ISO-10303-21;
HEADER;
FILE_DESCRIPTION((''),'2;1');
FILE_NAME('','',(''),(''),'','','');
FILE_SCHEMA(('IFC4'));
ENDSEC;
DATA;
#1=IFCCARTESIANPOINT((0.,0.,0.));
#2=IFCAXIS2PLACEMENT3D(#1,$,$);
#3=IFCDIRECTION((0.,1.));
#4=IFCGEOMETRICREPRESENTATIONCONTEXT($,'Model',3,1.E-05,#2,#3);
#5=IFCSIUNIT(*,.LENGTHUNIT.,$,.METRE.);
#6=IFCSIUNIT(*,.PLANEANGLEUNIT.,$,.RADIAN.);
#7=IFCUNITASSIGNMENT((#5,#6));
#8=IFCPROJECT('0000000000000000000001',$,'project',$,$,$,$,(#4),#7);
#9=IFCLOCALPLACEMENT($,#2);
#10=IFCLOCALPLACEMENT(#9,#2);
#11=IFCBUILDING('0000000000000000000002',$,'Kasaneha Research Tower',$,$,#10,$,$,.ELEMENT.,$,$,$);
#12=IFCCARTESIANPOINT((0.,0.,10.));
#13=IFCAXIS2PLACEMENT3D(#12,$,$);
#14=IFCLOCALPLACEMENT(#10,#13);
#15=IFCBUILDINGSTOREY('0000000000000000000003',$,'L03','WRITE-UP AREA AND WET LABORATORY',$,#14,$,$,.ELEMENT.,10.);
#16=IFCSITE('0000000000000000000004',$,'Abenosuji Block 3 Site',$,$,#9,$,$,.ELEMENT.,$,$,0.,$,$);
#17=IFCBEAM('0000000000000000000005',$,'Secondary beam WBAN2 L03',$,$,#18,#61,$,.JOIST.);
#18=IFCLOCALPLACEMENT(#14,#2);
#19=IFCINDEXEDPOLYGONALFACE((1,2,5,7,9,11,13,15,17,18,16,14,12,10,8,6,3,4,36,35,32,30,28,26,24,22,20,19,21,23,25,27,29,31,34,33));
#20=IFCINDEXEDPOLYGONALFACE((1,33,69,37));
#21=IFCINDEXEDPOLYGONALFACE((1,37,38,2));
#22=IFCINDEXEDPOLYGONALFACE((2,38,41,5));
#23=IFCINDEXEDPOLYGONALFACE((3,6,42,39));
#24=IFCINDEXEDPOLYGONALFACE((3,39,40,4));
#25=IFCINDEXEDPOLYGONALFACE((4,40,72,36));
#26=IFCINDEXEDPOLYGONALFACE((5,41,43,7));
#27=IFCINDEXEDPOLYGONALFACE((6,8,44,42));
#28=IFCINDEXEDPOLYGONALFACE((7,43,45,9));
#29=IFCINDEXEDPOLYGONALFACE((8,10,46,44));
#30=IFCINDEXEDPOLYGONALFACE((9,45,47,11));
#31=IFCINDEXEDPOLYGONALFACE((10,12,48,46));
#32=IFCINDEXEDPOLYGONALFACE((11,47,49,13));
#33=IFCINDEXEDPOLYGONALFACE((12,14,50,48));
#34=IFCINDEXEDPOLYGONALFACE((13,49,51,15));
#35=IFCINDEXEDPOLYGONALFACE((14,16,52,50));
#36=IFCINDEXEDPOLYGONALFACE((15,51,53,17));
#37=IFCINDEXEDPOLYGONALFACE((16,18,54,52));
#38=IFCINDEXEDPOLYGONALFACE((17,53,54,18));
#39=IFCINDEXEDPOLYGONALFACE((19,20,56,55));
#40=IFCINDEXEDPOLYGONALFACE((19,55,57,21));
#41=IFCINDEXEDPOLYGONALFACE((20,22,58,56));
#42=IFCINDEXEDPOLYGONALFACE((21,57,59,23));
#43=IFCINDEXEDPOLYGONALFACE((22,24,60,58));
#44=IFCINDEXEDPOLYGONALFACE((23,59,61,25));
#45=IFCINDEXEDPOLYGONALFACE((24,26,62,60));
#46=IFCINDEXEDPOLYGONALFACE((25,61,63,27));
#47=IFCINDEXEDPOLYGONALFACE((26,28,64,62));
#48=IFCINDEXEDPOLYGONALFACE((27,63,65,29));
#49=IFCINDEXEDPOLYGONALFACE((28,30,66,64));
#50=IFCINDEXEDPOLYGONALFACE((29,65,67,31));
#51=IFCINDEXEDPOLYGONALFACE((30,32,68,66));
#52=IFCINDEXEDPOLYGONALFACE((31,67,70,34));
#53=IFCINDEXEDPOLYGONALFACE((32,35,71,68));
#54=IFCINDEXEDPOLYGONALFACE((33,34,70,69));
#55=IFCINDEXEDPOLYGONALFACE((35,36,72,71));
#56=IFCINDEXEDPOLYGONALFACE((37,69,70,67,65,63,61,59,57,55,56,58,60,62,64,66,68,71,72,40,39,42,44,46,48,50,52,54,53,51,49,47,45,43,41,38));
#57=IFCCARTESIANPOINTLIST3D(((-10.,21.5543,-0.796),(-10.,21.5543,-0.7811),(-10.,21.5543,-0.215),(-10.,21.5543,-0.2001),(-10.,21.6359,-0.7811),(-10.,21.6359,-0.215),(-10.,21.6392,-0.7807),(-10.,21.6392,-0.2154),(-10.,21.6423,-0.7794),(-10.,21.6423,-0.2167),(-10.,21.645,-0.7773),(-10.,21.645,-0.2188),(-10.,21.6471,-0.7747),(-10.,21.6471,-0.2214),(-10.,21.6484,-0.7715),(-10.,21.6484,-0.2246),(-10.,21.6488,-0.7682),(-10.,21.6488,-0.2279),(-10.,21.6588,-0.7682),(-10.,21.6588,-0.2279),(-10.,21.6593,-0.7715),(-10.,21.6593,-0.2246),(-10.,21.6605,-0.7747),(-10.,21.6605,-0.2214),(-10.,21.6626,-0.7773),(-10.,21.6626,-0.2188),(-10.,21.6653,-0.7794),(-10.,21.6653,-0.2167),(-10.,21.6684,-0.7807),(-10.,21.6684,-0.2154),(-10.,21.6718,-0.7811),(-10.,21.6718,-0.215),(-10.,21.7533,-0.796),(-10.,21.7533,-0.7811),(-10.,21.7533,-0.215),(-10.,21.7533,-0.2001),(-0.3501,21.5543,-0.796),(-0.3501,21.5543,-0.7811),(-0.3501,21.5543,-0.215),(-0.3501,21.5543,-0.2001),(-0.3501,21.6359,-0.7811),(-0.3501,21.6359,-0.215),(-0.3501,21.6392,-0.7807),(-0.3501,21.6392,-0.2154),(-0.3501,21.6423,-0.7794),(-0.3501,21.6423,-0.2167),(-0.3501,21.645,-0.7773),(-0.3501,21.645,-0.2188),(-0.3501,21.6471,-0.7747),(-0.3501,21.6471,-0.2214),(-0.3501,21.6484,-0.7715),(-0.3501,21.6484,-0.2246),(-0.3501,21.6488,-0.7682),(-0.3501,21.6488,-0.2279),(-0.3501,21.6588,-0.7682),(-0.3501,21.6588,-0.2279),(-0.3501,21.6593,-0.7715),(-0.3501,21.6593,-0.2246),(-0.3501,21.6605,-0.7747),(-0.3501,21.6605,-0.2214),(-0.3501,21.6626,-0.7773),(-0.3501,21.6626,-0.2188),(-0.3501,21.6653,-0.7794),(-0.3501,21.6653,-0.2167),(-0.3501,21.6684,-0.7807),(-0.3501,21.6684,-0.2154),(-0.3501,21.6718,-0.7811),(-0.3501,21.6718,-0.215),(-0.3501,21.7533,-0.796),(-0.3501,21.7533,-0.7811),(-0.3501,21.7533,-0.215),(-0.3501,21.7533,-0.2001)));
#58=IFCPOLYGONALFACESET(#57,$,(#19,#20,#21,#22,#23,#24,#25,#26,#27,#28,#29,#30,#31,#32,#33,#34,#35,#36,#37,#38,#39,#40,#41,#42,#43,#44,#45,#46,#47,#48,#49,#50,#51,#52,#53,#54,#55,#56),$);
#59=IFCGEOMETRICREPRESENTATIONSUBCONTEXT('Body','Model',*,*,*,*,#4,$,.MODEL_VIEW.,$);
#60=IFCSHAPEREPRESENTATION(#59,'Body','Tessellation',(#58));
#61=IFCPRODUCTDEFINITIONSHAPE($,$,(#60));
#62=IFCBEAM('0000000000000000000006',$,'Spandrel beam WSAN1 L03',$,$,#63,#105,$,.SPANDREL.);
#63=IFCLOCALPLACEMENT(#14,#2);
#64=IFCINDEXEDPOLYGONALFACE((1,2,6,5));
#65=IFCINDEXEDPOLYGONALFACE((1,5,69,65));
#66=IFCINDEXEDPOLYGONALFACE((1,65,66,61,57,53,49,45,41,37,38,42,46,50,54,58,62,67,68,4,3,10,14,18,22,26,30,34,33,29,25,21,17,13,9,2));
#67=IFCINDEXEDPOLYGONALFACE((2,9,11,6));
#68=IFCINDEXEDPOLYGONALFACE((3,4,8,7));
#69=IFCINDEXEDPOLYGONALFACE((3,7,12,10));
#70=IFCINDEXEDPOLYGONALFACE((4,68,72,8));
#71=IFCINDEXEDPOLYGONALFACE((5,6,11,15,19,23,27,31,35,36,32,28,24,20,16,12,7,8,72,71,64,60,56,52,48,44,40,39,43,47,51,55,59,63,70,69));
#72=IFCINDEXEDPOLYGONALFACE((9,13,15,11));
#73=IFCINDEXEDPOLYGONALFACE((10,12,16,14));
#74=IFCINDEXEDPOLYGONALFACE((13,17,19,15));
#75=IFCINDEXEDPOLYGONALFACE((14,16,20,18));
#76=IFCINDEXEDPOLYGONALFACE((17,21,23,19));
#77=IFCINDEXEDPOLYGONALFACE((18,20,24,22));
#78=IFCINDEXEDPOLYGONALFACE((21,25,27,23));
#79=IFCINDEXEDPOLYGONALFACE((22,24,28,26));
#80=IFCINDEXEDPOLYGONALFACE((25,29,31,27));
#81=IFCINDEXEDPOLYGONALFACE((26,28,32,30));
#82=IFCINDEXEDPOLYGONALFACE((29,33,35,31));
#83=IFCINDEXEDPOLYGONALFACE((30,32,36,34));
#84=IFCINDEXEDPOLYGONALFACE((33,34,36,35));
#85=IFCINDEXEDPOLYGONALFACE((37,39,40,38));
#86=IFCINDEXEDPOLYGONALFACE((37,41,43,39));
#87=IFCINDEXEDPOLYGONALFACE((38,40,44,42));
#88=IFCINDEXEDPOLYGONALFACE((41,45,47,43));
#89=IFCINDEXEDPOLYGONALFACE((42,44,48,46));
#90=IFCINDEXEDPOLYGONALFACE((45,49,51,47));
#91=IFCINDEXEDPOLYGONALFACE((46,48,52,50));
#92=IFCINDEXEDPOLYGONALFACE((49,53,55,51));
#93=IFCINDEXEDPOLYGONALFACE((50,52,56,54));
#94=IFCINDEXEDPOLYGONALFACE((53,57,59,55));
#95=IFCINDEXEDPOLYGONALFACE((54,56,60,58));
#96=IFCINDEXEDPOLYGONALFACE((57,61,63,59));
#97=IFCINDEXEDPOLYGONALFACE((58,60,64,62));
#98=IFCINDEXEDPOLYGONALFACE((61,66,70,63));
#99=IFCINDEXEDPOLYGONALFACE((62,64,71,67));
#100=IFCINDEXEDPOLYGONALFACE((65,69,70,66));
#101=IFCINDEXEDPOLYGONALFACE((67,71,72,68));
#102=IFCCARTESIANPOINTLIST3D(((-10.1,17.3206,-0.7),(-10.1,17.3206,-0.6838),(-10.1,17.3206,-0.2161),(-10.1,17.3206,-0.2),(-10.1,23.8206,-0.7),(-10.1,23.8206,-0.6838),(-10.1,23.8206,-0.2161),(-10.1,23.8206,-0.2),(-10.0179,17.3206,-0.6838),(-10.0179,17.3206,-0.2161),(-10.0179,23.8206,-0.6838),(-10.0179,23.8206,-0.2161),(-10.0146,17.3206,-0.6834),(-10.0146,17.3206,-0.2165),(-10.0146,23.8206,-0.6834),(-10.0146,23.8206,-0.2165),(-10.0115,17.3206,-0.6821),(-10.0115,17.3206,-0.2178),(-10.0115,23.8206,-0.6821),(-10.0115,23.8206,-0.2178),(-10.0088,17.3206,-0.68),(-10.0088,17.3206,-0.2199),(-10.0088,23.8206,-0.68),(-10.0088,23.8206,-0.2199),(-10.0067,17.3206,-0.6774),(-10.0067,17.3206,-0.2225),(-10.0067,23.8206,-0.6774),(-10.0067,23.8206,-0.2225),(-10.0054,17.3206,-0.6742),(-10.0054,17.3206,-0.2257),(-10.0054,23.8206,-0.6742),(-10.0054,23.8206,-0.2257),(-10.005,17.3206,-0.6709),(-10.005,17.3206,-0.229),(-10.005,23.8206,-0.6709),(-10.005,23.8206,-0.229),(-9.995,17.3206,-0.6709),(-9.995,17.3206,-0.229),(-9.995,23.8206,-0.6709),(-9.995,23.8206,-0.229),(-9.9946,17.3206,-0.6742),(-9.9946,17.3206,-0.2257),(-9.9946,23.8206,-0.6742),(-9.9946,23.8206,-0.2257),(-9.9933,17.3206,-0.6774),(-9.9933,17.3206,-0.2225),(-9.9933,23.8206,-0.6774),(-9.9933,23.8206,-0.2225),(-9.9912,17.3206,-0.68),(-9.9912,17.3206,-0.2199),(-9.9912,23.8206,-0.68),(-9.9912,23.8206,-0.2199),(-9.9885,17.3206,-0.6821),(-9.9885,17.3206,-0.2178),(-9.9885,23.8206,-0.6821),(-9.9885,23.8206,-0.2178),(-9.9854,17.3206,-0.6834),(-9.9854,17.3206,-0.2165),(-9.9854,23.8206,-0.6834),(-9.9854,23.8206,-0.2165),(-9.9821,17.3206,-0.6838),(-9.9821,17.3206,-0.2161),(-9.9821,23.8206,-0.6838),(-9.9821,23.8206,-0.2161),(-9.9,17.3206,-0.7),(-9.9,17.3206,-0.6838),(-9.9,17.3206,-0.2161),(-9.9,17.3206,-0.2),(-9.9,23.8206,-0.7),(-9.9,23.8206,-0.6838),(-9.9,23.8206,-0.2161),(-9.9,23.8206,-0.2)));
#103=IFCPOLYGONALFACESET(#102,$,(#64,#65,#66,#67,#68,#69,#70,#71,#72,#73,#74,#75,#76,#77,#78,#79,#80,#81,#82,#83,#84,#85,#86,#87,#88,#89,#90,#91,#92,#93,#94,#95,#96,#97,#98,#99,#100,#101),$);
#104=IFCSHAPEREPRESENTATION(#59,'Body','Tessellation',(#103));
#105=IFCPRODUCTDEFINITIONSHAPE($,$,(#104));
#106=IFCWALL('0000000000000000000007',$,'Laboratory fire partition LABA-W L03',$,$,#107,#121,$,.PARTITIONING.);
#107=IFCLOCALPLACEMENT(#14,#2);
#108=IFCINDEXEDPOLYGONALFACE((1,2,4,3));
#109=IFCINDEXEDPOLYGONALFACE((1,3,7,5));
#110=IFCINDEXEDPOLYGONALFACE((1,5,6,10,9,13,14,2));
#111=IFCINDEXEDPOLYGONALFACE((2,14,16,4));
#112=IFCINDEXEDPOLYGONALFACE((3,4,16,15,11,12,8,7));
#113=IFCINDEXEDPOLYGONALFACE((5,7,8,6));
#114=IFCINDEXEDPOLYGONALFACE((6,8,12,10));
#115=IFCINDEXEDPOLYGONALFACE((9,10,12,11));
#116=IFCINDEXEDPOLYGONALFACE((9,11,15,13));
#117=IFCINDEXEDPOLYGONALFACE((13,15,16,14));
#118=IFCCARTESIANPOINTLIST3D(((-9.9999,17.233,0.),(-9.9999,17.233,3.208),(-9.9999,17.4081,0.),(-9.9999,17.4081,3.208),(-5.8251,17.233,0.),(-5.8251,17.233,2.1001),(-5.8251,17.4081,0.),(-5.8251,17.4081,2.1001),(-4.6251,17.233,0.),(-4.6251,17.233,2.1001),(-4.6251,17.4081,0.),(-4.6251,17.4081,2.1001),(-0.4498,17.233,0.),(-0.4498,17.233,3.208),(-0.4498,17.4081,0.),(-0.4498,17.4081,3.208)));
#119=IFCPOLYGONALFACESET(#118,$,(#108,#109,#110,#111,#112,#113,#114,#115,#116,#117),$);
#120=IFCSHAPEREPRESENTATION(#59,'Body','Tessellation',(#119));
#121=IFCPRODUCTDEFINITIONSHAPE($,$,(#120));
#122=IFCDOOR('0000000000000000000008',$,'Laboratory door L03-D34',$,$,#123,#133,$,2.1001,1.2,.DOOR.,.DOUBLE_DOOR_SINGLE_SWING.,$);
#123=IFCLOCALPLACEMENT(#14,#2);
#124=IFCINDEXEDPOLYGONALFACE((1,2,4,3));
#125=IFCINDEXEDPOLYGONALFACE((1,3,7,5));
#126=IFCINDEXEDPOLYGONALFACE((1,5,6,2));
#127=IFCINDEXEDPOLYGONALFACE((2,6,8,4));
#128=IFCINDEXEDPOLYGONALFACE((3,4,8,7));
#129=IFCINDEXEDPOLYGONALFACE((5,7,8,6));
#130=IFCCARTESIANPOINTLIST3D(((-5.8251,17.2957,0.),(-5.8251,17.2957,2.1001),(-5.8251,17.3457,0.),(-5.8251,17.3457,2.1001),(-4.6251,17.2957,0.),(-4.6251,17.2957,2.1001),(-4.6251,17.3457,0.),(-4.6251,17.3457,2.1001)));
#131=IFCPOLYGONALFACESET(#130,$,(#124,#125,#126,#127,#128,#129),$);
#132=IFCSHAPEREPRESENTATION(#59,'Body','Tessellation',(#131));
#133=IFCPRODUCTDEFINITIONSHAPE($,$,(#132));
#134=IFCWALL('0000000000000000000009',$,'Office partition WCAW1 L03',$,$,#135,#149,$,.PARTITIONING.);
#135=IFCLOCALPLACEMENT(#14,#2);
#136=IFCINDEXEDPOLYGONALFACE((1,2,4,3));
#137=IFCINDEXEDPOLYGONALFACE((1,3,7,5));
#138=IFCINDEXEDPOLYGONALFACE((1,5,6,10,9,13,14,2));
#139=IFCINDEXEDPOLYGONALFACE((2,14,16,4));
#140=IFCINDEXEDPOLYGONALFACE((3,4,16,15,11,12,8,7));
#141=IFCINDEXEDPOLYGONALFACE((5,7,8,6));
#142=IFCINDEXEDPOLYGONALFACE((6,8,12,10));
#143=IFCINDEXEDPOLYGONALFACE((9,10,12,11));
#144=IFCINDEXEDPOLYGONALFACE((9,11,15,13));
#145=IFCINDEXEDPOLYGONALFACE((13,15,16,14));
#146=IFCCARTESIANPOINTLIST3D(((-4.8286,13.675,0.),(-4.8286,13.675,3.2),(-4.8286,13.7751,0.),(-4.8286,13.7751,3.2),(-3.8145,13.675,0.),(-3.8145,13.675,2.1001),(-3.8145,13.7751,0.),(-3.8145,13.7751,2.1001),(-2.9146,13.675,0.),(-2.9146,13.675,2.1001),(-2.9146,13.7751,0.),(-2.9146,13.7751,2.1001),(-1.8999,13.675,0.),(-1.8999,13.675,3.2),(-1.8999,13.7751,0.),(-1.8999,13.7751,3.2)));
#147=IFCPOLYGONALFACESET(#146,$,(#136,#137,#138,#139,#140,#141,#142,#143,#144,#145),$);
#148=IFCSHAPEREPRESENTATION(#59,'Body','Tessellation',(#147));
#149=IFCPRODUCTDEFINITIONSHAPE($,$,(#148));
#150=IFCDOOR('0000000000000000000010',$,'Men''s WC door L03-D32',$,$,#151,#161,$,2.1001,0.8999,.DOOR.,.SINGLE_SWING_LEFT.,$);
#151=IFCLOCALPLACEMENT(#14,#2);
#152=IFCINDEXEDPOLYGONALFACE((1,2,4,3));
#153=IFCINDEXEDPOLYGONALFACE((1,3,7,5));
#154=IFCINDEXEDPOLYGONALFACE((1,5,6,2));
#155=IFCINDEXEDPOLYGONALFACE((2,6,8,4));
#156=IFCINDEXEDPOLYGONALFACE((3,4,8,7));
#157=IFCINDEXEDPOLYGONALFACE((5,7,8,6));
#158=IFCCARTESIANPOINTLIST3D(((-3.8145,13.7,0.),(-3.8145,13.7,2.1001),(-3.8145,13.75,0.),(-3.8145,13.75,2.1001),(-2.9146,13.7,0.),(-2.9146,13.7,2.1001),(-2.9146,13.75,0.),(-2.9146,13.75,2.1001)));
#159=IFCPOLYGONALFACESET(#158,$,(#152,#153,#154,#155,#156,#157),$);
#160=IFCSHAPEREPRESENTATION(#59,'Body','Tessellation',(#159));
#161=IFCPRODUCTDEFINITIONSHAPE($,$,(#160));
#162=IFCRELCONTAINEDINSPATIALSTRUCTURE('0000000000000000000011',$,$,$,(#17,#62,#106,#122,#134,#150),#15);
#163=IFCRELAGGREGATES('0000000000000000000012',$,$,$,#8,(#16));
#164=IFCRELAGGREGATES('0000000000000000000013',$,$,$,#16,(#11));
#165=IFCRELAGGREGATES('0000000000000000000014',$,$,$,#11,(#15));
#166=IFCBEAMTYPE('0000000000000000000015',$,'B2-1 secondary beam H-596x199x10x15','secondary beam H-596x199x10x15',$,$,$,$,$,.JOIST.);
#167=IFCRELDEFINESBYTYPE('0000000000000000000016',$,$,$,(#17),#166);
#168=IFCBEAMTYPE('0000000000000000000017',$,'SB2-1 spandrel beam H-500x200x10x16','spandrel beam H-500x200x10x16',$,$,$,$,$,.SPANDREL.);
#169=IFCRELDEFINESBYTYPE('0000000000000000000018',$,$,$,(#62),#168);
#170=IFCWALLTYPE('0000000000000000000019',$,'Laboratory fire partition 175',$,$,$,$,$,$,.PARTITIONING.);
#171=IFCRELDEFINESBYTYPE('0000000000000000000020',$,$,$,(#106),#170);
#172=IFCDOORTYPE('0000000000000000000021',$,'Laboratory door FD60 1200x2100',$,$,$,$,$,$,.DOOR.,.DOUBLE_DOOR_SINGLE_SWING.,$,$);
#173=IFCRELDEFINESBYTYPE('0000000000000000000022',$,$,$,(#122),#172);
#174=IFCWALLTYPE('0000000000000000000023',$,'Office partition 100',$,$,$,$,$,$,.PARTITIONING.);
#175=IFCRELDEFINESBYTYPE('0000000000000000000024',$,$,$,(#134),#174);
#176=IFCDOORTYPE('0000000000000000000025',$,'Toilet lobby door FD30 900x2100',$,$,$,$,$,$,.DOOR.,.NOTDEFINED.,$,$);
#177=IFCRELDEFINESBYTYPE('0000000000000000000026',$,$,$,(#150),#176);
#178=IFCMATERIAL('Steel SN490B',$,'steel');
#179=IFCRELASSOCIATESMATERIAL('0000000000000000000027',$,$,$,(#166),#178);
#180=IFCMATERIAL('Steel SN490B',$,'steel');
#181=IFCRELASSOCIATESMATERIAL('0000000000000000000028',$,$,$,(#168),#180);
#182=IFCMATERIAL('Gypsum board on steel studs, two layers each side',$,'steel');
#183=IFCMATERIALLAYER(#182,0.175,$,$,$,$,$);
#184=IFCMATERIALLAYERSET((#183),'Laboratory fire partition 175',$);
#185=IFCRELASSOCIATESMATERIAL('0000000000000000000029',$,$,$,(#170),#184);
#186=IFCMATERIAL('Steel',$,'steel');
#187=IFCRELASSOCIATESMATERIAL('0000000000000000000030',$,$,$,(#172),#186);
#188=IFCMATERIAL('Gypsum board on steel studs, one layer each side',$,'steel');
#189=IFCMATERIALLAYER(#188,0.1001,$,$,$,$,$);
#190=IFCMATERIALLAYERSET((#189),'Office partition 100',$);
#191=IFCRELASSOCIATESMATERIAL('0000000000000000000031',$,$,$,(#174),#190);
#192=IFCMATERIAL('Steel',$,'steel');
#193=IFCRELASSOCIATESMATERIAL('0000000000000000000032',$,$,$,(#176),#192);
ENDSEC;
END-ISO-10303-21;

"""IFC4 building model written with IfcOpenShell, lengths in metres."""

from ifc_helpers import new_model, si_unit, direction, frame, frame_2d, origin, origin_2d, place, context, subcontext, project, spatial, rectangle, i_section, extrude, material, layer, layer_set, material_profile, profile_set, type_object, element, fill, save


model = new_model("IFC4")

# Units and contexts
model_context = context("Model", 3, precision=1e-05, world=origin(), true_north=direction((0.0, 1.0)))
body_context = subcontext(model_context, "Body", "Model", "MODEL_VIEW")
ifc_project = project(units=[si_unit("LENGTHUNIT", "METRE"), si_unit("PLANEANGLEUNIT", "RADIAN")], contexts=[model_context])

# Site, building, storey
site_placement = place(None, origin())
site = spatial("IfcSite", under=ifc_project, at=site_placement, Name="Abenosuji Block 3 Site", CompositionType="ELEMENT", RefElevation=0.0)
building_placement = place(site_placement, origin())
building = spatial("IfcBuilding", under=site, at=building_placement, Name="Kasaneha Research Tower", CompositionType="ELEMENT")
storey_placement = place(building_placement, frame((0.0, 0.0, 10.0)))
storey = spatial("IfcBuildingStorey", under=building, at=storey_placement, Name="L03", Description="WRITE-UP AREA AND WET LABORATORY", CompositionType="ELEMENT", Elevation=10.0)

# Beams
ifc_material_1 = material(Name="Steel SN490B", Category="steel")
ifc_material_profile_1 = material_profile(ifc_material_1, i_section(OverallWidth=0.199, OverallDepth=0.5959, WebThickness=0.01, FlangeThickness=0.0149, FilletRadius=0.0129, at=origin_2d()), Name="H-596x199x10x15")
ifc_profile_set_1 = profile_set([ifc_material_profile_1], Name="Steel SN490B")
beam_type_1 = type_object("IfcBeamType", Name="B2-1 secondary beam H-596x199x10x15", Description="secondary beam H-596x199x10x15", PredefinedType="JOIST", material=ifc_profile_set_1)
for number, where, z_axis, x_axis, name in (
    (1, (-10.0, 21.6538, -0.498), (1.0, 0.0, 0.0), (0.0, 1.0, 0.0), "Secondary beam WBAN2 L03"),
):
    element("IfcBeam", number, at=place(storey_placement, frame(where, z_axis=z_axis, x_axis=x_axis)), inside=storey, type_object=beam_type_1, Name=name, PredefinedType="JOIST", context=body_context, shape_type="SweptSolid", body=[
        extrude(i_section(OverallWidth=0.199, OverallDepth=0.5959, WebThickness=0.01, FlangeThickness=0.0149, FilletRadius=0.0129, at=origin_2d()), origin(), (0.0, 0.0, 1.0), 9.6499),
    ])
ifc_material_2 = material(Name="Steel SN490B", Category="steel")
ifc_material_profile_2 = material_profile(ifc_material_2, i_section(OverallWidth=0.2, OverallDepth=0.5, WebThickness=0.01, FlangeThickness=0.0161, FilletRadius=0.0129, at=origin_2d()), Name="H-500x200x10x16")
ifc_profile_set_2 = profile_set([ifc_material_profile_2], Name="Steel SN490B")
beam_type_2 = type_object("IfcBeamType", Name="SB2-1 spandrel beam H-500x200x10x16", Description="spandrel beam H-500x200x10x16", PredefinedType="SPANDREL", material=ifc_profile_set_2)
beam_1_placement = place(storey_placement, frame((-10.0, 17.3206, -0.45), z_axis=(0.0, 1.0, 0.0), x_axis=(-1.0, 0.0, 0.0)))
element("IfcBeam", 2, at=beam_1_placement, inside=storey, type_object=beam_type_2, Name="Spandrel beam WSAN1 L03", PredefinedType="SPANDREL", context=body_context, shape_type="SweptSolid", body=[
    extrude(i_section(OverallWidth=0.2, OverallDepth=0.5, WebThickness=0.01, FlangeThickness=0.0161, FilletRadius=0.0129, at=origin_2d()), origin(), (0.0, 0.0, 1.0), 6.5),
])

# Walls, openings, doors
ifc_material_3 = material(Name="Gypsum board on steel studs, two layers each side", Category="steel")
ifc_layer_1 = layer(ifc_material_3, 0.175)
ifc_layer_set_1 = layer_set([ifc_layer_1], Name="Laboratory fire partition 175")
wall_type_1 = type_object("IfcWallType", Name="Laboratory fire partition 175", PredefinedType="PARTITIONING", material=ifc_layer_set_1)
wall_1_placement = place(storey_placement, frame((-0.45, 17.3206, 0.0), z_axis=(0.0, 0.0, 1.0), x_axis=(-1.0, 0.0, 0.0)))
wall_1 = element("IfcWall", 3, at=wall_1_placement, inside=storey, type_object=wall_type_1, Name="Laboratory fire partition LABA-W L03", PredefinedType="PARTITIONING", context=body_context, shape_type="SweptSolid", body=[
    extrude(rectangle(XDim=9.55, YDim=0.175, at=frame_2d((4.7749, 0.0))), origin(), (0.0, 0.0, 1.0), 3.208),
])
opening_1_placement = place(wall_1_placement, frame((4.175, 0.0, 0.0)))
opening_1 = element("IfcOpeningElement", 4, at=opening_1_placement, cuts=wall_1, PredefinedType="OPENING", context=body_context, shape_type="SweptSolid", body=[
    extrude(rectangle(XDim=1.2, YDim=2.1001, at=frame_2d((0.6001, 1.05))), frame((0.0, 0.0977, 0.0), z_axis=(0.0, -1.0, 0.0), x_axis=(1.0, 0.0, 0.0)), (0.0, 0.0, 1.0), 0.1951),
])
ifc_material_4 = material(Name="Steel", Category="steel")
door_type_1 = type_object("IfcDoorType", Name="Laboratory door FD60 1200x2100", OperationType="DOUBLE_DOOR_SINGLE_SWING", PredefinedType="DOOR", material=ifc_material_4)
door_1_placement = place(opening_1_placement, origin())
door_1 = element("IfcDoor", 5, at=door_1_placement, inside=storey, type_object=door_type_1, Name="Laboratory door L03-D34", OperationType="DOUBLE_DOOR_SINGLE_SWING", OverallHeight=2.1001, OverallWidth=1.2, PredefinedType="DOOR", context=body_context, shape_type="SweptSolid", body=[
    extrude(rectangle(XDim=1.2, YDim=2.1001, at=frame_2d((0.6001, 1.05))), frame((0.0, 0.0249, 0.0), z_axis=(0.0, -1.0, 0.0), x_axis=(1.0, 0.0, 0.0)), (0.0, 0.0, 1.0), 0.05),
])
fill(opening_1, door_1)
ifc_material_5 = material(Name="Gypsum board on steel studs, one layer each side", Category="steel")
ifc_layer_2 = layer(ifc_material_5, 0.1001)
ifc_layer_set_2 = layer_set([ifc_layer_2], Name="Office partition 100")
wall_type_2 = type_object("IfcWallType", Name="Office partition 100", PredefinedType="PARTITIONING", material=ifc_layer_set_2)
wall_2_placement = place(storey_placement, frame((-4.8286, 13.7251, 0.0), z_axis=(0.0, 0.0, 1.0), x_axis=(1.0, 0.0, 0.0)))
wall_2 = element("IfcWall", 6, at=wall_2_placement, inside=storey, type_object=wall_type_2, Name="Office partition WCAW1 L03", PredefinedType="PARTITIONING", context=body_context, shape_type="SweptSolid", body=[
    extrude(rectangle(XDim=2.9287, YDim=0.1001, at=frame_2d((1.4644, 0.0))), origin(), (0.0, 0.0, 1.0), 3.2),
])
opening_2_placement = place(wall_2_placement, frame((1.0142, 0.0, 0.0)))
opening_2 = element("IfcOpeningElement", 7, at=opening_2_placement, cuts=wall_2, PredefinedType="OPENING", context=body_context, shape_type="SweptSolid", body=[
    extrude(rectangle(XDim=0.8999, YDim=2.1001, at=frame_2d((0.45, 1.05))), frame((0.0, 0.0601, 0.0), z_axis=(0.0, -1.0, 0.0), x_axis=(1.0, 0.0, 0.0)), (0.0, 0.0, 1.0), 0.1201),
])
ifc_material_6 = material(Name="Steel", Category="steel")
door_type_2 = type_object("IfcDoorType", Name="Toilet lobby door FD30 900x2100", OperationType="NOTDEFINED", PredefinedType="DOOR", material=ifc_material_6)
door_2_placement = place(opening_2_placement, origin())
door_2 = element("IfcDoor", 8, at=door_2_placement, inside=storey, type_object=door_type_2, Name="Men's WC door L03-D32", OperationType="SINGLE_SWING_LEFT", OverallHeight=2.1001, OverallWidth=0.8999, PredefinedType="DOOR", context=body_context, shape_type="SweptSolid", body=[
    extrude(rectangle(XDim=0.8999, YDim=2.1001, at=frame_2d((0.45, 1.05))), frame((0.0, 0.0249, 0.0), z_axis=(0.0, -1.0, 0.0), x_axis=(1.0, 0.0, 0.0)), (0.0, 0.0, 1.0), 0.05),
])
fill(opening_2, door_2)

save(model, "model.ifc")
